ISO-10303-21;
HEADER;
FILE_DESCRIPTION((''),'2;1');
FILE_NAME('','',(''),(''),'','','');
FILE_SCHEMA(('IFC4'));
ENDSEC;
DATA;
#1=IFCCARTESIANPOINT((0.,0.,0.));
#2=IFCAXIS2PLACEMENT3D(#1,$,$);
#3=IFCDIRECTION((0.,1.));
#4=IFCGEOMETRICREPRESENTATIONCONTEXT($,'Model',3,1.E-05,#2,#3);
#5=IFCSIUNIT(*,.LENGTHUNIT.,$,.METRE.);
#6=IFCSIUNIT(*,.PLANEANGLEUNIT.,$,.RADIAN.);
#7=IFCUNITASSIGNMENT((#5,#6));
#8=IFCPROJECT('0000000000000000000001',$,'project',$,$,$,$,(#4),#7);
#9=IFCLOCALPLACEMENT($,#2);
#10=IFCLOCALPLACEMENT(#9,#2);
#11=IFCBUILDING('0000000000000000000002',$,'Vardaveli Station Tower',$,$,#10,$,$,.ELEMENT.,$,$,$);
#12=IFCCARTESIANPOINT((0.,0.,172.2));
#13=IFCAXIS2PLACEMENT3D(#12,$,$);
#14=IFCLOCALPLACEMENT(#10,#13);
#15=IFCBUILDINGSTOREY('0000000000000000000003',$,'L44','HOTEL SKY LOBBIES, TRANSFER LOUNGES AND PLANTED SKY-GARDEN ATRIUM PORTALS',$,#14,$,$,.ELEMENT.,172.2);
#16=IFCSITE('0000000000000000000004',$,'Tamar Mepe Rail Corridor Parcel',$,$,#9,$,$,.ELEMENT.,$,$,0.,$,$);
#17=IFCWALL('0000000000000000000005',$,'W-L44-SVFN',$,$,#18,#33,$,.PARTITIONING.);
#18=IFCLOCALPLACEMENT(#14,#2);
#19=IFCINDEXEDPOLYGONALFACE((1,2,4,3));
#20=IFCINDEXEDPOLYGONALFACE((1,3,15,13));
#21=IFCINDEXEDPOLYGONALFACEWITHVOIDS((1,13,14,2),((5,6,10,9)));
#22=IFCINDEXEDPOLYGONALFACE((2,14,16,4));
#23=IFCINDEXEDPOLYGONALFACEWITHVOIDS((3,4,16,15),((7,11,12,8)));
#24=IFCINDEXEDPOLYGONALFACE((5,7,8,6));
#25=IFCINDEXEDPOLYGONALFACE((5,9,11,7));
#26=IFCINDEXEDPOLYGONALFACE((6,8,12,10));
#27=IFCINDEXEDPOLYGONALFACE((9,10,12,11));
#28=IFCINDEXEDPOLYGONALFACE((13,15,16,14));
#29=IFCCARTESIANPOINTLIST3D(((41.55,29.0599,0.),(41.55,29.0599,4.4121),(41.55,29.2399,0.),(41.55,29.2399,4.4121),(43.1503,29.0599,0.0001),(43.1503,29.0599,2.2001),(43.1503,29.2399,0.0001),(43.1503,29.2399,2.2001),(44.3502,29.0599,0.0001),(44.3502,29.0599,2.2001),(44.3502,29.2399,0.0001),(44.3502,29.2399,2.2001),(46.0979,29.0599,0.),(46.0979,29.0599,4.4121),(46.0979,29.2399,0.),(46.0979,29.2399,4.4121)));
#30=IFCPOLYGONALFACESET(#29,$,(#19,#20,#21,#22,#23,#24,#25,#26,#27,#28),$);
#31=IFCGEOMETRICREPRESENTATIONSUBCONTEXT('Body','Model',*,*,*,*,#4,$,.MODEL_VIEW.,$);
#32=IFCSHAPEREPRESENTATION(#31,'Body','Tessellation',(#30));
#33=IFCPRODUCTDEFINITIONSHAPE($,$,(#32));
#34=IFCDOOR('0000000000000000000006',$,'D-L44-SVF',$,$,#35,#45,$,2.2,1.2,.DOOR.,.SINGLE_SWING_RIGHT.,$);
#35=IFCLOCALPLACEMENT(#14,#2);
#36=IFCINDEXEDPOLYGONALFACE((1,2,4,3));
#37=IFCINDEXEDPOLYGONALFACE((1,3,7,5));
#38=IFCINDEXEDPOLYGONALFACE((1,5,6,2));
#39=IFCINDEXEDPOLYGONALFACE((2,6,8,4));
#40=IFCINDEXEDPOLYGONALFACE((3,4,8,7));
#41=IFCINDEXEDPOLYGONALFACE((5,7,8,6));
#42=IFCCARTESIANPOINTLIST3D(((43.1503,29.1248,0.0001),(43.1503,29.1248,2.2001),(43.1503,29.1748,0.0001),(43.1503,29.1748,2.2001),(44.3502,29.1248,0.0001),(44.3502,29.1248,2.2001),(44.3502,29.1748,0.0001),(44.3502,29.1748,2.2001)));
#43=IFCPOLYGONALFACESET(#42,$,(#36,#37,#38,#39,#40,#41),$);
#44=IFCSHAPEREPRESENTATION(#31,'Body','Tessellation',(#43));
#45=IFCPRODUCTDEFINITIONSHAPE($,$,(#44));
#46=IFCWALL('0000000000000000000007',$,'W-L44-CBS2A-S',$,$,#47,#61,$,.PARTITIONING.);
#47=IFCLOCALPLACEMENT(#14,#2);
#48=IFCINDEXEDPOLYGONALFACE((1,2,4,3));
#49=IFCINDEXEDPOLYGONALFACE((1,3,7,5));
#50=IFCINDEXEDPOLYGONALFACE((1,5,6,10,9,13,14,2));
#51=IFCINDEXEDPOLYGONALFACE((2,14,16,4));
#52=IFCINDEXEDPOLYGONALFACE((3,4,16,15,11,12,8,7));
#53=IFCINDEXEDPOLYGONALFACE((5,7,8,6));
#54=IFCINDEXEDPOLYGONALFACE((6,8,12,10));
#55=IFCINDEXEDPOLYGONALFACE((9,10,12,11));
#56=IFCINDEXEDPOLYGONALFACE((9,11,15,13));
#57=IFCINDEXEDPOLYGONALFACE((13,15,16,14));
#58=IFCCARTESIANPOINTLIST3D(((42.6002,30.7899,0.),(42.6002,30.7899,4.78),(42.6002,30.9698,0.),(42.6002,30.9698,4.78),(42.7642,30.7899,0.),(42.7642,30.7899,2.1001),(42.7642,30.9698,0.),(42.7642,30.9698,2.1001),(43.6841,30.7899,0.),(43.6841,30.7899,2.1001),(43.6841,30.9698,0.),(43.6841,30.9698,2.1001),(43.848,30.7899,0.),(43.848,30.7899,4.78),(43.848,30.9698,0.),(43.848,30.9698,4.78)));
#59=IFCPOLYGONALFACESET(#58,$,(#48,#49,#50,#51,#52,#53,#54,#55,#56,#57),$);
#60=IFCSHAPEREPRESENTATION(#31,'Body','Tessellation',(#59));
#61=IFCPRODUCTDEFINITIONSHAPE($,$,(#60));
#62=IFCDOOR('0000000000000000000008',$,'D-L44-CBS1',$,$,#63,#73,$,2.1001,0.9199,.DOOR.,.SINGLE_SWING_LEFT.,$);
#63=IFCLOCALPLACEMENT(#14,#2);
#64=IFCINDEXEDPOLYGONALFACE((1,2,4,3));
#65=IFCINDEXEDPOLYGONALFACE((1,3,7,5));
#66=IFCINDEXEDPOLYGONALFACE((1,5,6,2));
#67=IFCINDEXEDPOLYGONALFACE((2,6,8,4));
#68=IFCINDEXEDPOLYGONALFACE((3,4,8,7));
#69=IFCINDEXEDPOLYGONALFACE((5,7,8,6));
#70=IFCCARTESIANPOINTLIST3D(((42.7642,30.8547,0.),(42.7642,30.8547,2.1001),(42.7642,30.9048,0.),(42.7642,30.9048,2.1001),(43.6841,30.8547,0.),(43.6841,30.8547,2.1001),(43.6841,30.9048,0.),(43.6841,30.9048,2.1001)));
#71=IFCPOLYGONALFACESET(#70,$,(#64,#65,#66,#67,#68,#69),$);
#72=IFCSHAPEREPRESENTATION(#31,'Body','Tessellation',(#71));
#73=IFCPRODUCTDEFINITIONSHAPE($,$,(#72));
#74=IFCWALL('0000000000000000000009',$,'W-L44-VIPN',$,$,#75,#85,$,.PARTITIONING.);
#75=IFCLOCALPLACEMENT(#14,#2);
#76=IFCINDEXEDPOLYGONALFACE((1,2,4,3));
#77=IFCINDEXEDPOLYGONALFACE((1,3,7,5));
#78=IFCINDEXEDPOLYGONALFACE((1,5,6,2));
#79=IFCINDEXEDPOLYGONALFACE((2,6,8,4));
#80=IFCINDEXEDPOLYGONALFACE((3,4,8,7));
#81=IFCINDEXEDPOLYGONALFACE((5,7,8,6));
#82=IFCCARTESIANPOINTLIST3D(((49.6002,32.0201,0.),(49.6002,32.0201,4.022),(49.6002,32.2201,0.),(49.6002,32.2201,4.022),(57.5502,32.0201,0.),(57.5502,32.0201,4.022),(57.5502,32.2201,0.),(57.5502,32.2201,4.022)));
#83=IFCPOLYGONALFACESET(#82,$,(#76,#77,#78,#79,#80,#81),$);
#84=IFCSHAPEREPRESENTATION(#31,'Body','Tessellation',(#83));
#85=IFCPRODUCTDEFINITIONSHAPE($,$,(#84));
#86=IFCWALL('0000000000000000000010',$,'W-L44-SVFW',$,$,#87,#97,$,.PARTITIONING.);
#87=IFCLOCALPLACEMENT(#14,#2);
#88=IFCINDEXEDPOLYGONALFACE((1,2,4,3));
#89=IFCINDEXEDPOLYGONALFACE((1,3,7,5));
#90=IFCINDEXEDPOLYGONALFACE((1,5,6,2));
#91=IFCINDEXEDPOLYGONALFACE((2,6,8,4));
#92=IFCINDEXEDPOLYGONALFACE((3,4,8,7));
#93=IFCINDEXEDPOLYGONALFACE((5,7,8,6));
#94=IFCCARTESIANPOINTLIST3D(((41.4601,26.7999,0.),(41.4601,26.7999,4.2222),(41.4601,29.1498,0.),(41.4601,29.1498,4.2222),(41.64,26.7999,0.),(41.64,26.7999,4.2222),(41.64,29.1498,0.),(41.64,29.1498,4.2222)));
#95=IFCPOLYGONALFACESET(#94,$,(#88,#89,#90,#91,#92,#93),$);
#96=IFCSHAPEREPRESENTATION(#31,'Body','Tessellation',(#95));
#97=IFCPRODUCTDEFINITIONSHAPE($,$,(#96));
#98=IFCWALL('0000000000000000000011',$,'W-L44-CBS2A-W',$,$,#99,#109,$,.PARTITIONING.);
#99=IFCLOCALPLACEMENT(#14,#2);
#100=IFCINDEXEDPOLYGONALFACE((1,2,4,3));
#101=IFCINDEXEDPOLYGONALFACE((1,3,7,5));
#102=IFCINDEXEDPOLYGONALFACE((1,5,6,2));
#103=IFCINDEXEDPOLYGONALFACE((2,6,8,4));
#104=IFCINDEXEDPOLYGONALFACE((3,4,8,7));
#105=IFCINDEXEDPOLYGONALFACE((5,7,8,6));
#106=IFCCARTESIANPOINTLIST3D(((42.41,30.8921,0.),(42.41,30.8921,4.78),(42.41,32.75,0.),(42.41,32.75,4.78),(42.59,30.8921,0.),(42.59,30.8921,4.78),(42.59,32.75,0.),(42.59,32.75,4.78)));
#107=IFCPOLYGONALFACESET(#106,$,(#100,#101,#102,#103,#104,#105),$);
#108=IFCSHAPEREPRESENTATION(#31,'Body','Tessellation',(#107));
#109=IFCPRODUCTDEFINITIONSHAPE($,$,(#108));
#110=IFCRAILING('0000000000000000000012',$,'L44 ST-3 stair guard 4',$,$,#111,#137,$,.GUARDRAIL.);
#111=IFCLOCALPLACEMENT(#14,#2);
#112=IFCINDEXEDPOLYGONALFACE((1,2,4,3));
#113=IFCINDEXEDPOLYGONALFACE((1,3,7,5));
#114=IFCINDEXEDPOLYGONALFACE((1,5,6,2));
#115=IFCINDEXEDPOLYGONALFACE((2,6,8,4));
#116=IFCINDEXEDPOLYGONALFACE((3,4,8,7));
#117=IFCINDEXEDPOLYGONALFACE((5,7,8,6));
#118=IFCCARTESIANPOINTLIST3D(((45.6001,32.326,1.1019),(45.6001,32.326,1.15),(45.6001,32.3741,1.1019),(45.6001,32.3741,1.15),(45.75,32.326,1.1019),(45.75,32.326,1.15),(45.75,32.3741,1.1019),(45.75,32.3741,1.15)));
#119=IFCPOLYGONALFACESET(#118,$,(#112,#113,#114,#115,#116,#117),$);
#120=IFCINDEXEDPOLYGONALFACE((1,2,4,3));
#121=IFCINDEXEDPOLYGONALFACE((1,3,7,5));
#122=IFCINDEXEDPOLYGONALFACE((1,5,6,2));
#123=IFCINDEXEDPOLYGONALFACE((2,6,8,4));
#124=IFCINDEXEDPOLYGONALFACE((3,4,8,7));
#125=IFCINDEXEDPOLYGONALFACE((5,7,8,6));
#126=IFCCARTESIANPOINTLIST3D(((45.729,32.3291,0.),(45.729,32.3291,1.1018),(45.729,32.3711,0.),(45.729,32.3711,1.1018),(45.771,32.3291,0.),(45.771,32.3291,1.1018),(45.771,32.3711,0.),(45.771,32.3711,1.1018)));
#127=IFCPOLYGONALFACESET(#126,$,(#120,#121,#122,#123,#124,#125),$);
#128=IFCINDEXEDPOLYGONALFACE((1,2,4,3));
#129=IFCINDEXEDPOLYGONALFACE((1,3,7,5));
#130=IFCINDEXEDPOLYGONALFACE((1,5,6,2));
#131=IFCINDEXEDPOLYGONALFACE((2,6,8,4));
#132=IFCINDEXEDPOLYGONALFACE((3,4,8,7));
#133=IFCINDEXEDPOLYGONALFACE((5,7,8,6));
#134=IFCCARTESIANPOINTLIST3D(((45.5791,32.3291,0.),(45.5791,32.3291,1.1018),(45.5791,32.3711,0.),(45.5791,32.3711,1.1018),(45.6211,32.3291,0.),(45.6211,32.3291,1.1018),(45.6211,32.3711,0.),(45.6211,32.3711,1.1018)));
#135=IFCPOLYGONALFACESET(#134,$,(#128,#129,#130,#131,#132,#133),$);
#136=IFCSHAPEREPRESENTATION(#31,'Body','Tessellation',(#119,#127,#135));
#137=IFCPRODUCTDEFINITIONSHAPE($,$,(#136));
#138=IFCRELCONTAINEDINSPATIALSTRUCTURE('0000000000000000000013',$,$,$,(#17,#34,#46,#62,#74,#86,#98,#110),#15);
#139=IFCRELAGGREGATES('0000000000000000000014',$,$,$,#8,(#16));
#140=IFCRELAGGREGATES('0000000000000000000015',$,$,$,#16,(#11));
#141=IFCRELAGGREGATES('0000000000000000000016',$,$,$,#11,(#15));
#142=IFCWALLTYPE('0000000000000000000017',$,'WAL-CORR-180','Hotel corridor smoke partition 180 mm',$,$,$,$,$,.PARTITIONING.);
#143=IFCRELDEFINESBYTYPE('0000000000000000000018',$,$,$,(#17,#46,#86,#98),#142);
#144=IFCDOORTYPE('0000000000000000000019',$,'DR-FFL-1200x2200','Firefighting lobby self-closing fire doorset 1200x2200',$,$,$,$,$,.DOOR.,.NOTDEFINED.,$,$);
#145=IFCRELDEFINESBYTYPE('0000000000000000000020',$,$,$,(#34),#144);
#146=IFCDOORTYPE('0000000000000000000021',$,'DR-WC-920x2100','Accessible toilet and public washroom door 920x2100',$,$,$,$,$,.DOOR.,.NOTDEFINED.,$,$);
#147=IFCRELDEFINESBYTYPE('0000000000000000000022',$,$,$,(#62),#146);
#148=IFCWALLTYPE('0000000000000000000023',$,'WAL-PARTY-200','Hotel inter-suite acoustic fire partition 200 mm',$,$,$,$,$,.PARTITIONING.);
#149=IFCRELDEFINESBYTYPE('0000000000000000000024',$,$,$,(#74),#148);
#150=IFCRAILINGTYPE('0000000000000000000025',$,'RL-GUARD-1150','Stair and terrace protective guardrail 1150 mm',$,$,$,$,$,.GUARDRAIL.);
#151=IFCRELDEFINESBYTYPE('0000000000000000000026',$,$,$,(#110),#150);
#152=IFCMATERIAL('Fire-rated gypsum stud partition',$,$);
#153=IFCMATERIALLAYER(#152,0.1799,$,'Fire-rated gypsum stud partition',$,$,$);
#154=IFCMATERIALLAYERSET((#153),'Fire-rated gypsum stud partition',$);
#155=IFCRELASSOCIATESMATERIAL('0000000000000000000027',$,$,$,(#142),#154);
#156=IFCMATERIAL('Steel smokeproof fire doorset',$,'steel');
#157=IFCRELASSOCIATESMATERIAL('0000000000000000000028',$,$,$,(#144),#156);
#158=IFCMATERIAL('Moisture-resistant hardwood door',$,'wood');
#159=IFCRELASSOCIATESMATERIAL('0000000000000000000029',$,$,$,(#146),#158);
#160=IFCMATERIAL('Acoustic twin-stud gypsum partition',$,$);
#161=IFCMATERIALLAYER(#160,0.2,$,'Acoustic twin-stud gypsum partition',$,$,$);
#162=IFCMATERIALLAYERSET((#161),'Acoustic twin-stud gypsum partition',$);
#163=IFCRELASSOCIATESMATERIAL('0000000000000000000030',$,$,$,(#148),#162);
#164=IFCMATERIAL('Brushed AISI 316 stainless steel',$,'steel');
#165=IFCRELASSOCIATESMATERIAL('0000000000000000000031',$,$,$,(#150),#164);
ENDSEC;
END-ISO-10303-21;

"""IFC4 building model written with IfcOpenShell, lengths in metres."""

from ifc_helpers import new_model, si_unit, direction, frame, frame_2d, origin, origin_2d, place, context, subcontext, project, spatial, rectangle, extrude, source, transform, mapped, material, layer, layer_set, type_object, element, fill, save


model = new_model("IFC4")

# Units and contexts
model_context = context("Model", 3, precision=1e-05, world=origin(), true_north=direction((0.0, 1.0)))
body_context = subcontext(model_context, "Body", "Model", "MODEL_VIEW")
ifc_project = project(units=[si_unit("LENGTHUNIT", "METRE"), si_unit("PLANEANGLEUNIT", "RADIAN")], contexts=[model_context])

# Site, building, storey
site_placement = place(None, origin())
site = spatial("IfcSite", under=ifc_project, at=site_placement, Name="Tamar Mepe Rail Corridor Parcel", CompositionType="ELEMENT", RefElevation=0.0)
building_placement = place(site_placement, origin())
building = spatial("IfcBuilding", under=site, at=building_placement, Name="Vardaveli Station Tower", CompositionType="ELEMENT")
storey_placement = place(building_placement, frame((0.0, 0.0, 172.2)))
storey = spatial("IfcBuildingStorey", under=building, at=storey_placement, Name="L44", Description="HOTEL SKY LOBBIES, TRANSFER LOUNGES AND PLANTED SKY-GARDEN ATRIUM PORTALS", CompositionType="ELEMENT", Elevation=172.2)

# Walls, openings, doors
ifc_material_1 = material(Name="Steel smokeproof fire doorset", Category="steel")
ifc_material_2 = material(Name="Fire-rated gypsum stud partition")
ifc_layer_1 = layer(ifc_material_2, 0.1799, Name="Fire-rated gypsum stud partition")
ifc_layer_set_1 = layer_set([ifc_layer_1], Name="Fire-rated gypsum stud partition")
wall_type_1 = type_object("IfcWallType", Name="WAL-CORR-180", Description="Hotel corridor smoke partition 180 mm", PredefinedType="PARTITIONING", material=ifc_layer_set_1)
shared_shape_1 = source(origin(), body_context, "Body", "SweptSolid", [
    extrude(rectangle(XDim=4.5479, YDim=0.1799, at=frame_2d((2.2739, 0.0))), origin(), (0.0, 0.0, 1.0), 4.4121),
])
wall_1_placement = place(storey_placement, frame((41.55, 29.1499, 0.0), z_axis=(0.0, 0.0, 1.0), x_axis=(1.0, 0.0, 0.0)))
wall_1 = element("IfcWall", 1, at=wall_1_placement, inside=storey, type_object=wall_type_1, Name="W-L44-SVFN", PredefinedType="PARTITIONING", context=body_context, shape_type="MappedRepresentation", body=[
    mapped(shared_shape_1, transform((0.0, 0.0, 0.0), scale=1.0)),
])
shared_shape_2 = source(origin(), body_context, "Body", "SweptSolid", [
    extrude(rectangle(XDim=1.2, YDim=2.2, at=frame_2d((0.6001, 1.1001))), frame((0.0, 0.1001, 0.0), z_axis=(0.0, -1.0, 0.0), x_axis=(1.0, 0.0, 0.0)), (0.0, 0.0, 1.0), 0.2),
])
opening_1_placement = place(wall_1_placement, frame((1.6001, 0.0, 0.0)))
opening_1 = element("IfcOpeningElement", 2, at=opening_1_placement, cuts=wall_1, PredefinedType="OPENING", context=body_context, shape_type="MappedRepresentation", body=[
    mapped(shared_shape_2, transform((0.0, 0.0, 0.0), scale=1.0)),
])
door_type_1 = type_object("IfcDoorType", Name="DR-FFL-1200x2200", Description="Firefighting lobby self-closing fire doorset 1200x2200", OperationType="NOTDEFINED", PredefinedType="DOOR", material=ifc_material_1)
shared_shape_3 = source(origin(), body_context, "Body", "SweptSolid", [
    extrude(rectangle(XDim=1.2, YDim=2.2, at=frame_2d((0.6001, 1.1001))), frame((0.0, 0.0249, 0.0), z_axis=(0.0, -1.0, 0.0), x_axis=(1.0, 0.0, 0.0)), (0.0, 0.0, 1.0), 0.05),
])
door_1_placement = place(opening_1_placement, origin())
door_1 = element("IfcDoor", 3, at=door_1_placement, inside=storey, type_object=door_type_1, Name="D-L44-SVF", OperationType="SINGLE_SWING_RIGHT", OverallHeight=2.2, OverallWidth=1.2, PredefinedType="DOOR", context=body_context, shape_type="MappedRepresentation", body=[
    mapped(shared_shape_3, transform((0.0, 0.0, 0.0), scale=1.0)),
])
fill(opening_1, door_1)
shared_shape_4 = source(origin(), body_context, "Body", "SweptSolid", [
    extrude(rectangle(XDim=1.2478, YDim=0.1799, at=frame_2d((0.624, 0.0))), origin(), (0.0, 0.0, 1.0), 4.78),
])
wall_2_placement = place(storey_placement, frame((42.6001, 30.8799, 0.0), z_axis=(0.0, 0.0, 1.0), x_axis=(1.0, 0.0, 0.0)))
wall_2 = element("IfcWall", 4, at=wall_2_placement, inside=storey, type_object=wall_type_1, Name="W-L44-CBS2A-S", PredefinedType="PARTITIONING", context=body_context, shape_type="MappedRepresentation", body=[
    mapped(shared_shape_4, transform((0.0, 0.0, 0.0), scale=1.0)),
])
shared_shape_5 = source(origin(), body_context, "Body", "SweptSolid", [
    extrude(rectangle(XDim=0.9199, YDim=2.1001, at=frame_2d((0.46, 1.05))), frame((0.0, 0.1001, 0.0), z_axis=(0.0, -1.0, 0.0), x_axis=(1.0, 0.0, 0.0)), (0.0, 0.0, 1.0), 0.2),
])
opening_2_placement = place(wall_2_placement, frame((0.1641, 0.0, 0.0)))
opening_2 = element("IfcOpeningElement", 5, at=opening_2_placement, cuts=wall_2, PredefinedType="OPENING", context=body_context, shape_type="MappedRepresentation", body=[
    mapped(shared_shape_5, transform((0.0, 0.0, 0.0), scale=1.0)),
])
ifc_material_3 = material(Name="Moisture-resistant hardwood door", Category="wood")
door_type_2 = type_object("IfcDoorType", Name="DR-WC-920x2100", Description="Accessible toilet and public washroom door 920x2100", OperationType="NOTDEFINED", PredefinedType="DOOR", material=ifc_material_3)
shared_shape_6 = source(origin(), body_context, "Body", "SweptSolid", [
    extrude(rectangle(XDim=0.9199, YDim=2.1001, at=frame_2d((0.46, 1.05))), frame((0.0, 0.0249, 0.0), z_axis=(0.0, -1.0, 0.0), x_axis=(1.0, 0.0, 0.0)), (0.0, 0.0, 1.0), 0.05),
])
door_2_placement = place(opening_2_placement, origin())
door_2 = element("IfcDoor", 6, at=door_2_placement, inside=storey, type_object=door_type_2, Name="D-L44-CBS1", OperationType="SINGLE_SWING_LEFT", OverallHeight=2.1001, OverallWidth=0.9199, PredefinedType="DOOR", context=body_context, shape_type="MappedRepresentation", body=[
    mapped(shared_shape_6, transform((0.0, 0.0, 0.0), scale=1.0)),
])
fill(opening_2, door_2)

# Walls
ifc_material_4 = material(Name="Acoustic twin-stud gypsum partition")
ifc_layer_2 = layer(ifc_material_4, 0.2, Name="Acoustic twin-stud gypsum partition")
ifc_layer_set_2 = layer_set([ifc_layer_2], Name="Acoustic twin-stud gypsum partition")
wall_type_2 = type_object("IfcWallType", Name="WAL-PARTY-200", Description="Hotel inter-suite acoustic fire partition 200 mm", PredefinedType="PARTITIONING", material=ifc_layer_set_2)
shared_shape_7 = source(origin(), body_context, "Body", "SweptSolid", [
    extrude(rectangle(XDim=7.95, YDim=0.2, at=frame_2d((3.9751, 0.0))), origin(), (0.0, 0.0, 1.0), 4.022),
])
wall_3_placement = place(storey_placement, frame((49.6001, 32.1201, 0.0), z_axis=(0.0, 0.0, 1.0), x_axis=(1.0, 0.0, 0.0)))
element("IfcWall", 7, at=wall_3_placement, inside=storey, type_object=wall_type_2, Name="W-L44-VIPN", PredefinedType="PARTITIONING", context=body_context, shape_type="MappedRepresentation", body=[
    mapped(shared_shape_7, transform((0.0, 0.0, 0.0), scale=1.0)),
])
shared_shape_8 = source(origin(), body_context, "Body", "SweptSolid", [
    extrude(rectangle(XDim=2.3499, YDim=0.1799, at=frame_2d((1.1748, 0.0))), origin(), (0.0, 0.0, 1.0), 4.2222),
])
wall_4_placement = place(storey_placement, frame((41.55, 26.8, 0.0), z_axis=(0.0, 0.0, 1.0), x_axis=(0.0, 1.0, 0.0)))
element("IfcWall", 8, at=wall_4_placement, inside=storey, type_object=wall_type_1, Name="W-L44-SVFW", PredefinedType="PARTITIONING", context=body_context, shape_type="MappedRepresentation", body=[
    mapped(shared_shape_8, transform((0.0, 0.0, 0.0), scale=1.0)),
])
shared_shape_9 = source(origin(), body_context, "Body", "SweptSolid", [
    extrude(rectangle(XDim=1.8579, YDim=0.1799, at=frame_2d((0.929, 0.0))), origin(), (0.0, 0.0, 1.0), 4.78),
])
wall_5_placement = place(storey_placement, frame((42.5, 30.8921, 0.0), z_axis=(0.0, 0.0, 1.0), x_axis=(0.0, 1.0, 0.0)))
element("IfcWall", 9, at=wall_5_placement, inside=storey, type_object=wall_type_1, Name="W-L44-CBS2A-W", PredefinedType="PARTITIONING", context=body_context, shape_type="MappedRepresentation", body=[
    mapped(shared_shape_9, transform((0.0, 0.0, 0.0), scale=1.0)),
])

# Railing
ifc_material_5 = material(Name="Brushed AISI 316 stainless steel", Category="steel")
railing_type = type_object("IfcRailingType", Name="RL-GUARD-1150", Description="Stair and terrace protective guardrail 1150 mm", PredefinedType="GUARDRAIL", material=ifc_material_5)
shared_shape_10 = source(origin(), body_context, "Body", "SweptSolid", [
    extrude(rectangle(XDim=0.0481, YDim=0.0481, at=origin_2d()), frame((0.0, 0.0, 1.126), z_axis=(-1.0, 0.0, 0.0), x_axis=(0.0, -1.0, 0.0)), (0.0, 0.0, 1.0), 0.1499),
    extrude(rectangle(XDim=0.042, YDim=0.042, at=origin_2d()), origin(), (0.0, 0.0, 1.0), 1.1018),
    extrude(rectangle(XDim=0.042, YDim=0.042, at=origin_2d()), frame((-0.1499, 0.0, 0.0)), (0.0, 0.0, 1.0), 1.1018),
])
railing_placement = place(storey_placement, frame((45.75, 32.3501, 0.0)))
element("IfcRailing", 10, at=railing_placement, inside=storey, type_object=railing_type, Name="L44 ST-3 stair guard 4", PredefinedType="GUARDRAIL", context=body_context, shape_type="MappedRepresentation", body=[
    mapped(shared_shape_10, transform((0.0, 0.0, 0.0), scale=1.0)),
])

save(model, "model.ifc")
